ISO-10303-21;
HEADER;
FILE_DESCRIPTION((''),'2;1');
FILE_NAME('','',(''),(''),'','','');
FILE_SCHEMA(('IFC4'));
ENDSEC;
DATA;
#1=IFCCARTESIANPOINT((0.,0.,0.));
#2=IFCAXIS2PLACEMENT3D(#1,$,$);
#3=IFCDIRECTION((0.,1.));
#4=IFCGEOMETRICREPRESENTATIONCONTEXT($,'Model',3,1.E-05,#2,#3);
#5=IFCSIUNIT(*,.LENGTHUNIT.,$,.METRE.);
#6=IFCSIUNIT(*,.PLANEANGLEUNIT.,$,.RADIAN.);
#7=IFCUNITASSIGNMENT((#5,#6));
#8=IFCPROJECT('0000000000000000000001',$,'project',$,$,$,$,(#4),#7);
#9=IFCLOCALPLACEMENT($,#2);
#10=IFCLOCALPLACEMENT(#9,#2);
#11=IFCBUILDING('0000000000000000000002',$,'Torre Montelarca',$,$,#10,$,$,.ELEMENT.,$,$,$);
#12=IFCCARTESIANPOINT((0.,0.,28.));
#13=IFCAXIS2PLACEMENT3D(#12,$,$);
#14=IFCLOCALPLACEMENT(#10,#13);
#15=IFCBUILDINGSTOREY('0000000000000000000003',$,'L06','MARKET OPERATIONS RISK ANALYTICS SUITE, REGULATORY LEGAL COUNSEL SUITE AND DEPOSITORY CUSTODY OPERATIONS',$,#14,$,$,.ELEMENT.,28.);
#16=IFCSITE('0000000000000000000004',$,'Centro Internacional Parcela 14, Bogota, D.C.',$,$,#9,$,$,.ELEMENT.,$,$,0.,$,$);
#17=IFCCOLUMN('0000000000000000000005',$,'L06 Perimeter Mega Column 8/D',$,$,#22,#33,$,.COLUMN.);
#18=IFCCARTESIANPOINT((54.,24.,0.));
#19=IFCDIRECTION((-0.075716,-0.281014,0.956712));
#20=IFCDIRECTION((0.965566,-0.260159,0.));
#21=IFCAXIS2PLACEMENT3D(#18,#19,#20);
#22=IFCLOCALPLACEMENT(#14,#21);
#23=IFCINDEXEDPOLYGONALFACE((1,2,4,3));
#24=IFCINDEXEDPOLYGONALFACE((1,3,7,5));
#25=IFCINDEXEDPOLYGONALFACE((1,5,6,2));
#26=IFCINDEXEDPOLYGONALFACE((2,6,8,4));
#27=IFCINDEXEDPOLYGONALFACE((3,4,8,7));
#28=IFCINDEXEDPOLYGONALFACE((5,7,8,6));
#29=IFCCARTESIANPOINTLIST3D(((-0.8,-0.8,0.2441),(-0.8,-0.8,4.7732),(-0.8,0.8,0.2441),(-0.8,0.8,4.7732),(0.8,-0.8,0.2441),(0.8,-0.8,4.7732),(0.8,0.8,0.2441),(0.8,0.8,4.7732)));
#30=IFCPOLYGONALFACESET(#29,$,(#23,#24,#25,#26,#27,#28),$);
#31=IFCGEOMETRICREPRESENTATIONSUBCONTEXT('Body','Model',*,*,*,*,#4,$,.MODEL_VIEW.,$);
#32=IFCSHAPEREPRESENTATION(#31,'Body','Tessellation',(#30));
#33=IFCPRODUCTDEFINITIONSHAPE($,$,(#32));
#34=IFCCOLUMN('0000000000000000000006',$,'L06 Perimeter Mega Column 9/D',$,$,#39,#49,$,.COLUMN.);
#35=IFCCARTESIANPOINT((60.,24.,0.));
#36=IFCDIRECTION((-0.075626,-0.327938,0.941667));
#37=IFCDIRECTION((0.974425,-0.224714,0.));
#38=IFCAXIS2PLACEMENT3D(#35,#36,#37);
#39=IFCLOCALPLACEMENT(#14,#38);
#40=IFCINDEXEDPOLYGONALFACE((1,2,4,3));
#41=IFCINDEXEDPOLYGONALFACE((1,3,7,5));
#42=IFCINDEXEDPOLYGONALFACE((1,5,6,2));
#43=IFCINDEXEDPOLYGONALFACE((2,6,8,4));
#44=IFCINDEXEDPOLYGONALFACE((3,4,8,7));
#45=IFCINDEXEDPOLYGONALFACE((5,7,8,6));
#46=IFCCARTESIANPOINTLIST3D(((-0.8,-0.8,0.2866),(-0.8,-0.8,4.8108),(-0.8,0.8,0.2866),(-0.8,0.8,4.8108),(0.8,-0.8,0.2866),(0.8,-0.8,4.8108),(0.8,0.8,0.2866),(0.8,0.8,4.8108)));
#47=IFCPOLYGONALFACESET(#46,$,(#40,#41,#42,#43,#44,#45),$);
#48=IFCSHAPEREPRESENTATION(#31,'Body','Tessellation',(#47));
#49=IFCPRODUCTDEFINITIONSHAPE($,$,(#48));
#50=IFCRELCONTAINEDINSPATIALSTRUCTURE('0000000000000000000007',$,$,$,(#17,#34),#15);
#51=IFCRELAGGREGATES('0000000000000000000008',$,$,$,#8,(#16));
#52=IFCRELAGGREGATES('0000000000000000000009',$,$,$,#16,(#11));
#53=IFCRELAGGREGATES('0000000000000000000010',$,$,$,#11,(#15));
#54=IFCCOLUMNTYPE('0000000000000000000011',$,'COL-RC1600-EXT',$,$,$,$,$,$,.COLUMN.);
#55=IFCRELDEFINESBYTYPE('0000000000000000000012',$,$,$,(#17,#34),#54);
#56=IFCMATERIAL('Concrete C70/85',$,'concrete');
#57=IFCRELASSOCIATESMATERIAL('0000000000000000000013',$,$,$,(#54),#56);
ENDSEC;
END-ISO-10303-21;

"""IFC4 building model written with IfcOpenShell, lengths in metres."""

from ifc_helpers import new_model, si_unit, direction, frame, origin, origin_2d, place, context, subcontext, project, spatial, rectangle, extrude, clip, halfspace, material, material_profile, profile_set, type_object, element, save


model = new_model("IFC4")

# Units and contexts
model_context = context("Model", 3, precision=1e-05, world=origin(), true_north=direction((0.0, 1.0)))
body_context = subcontext(model_context, "Body", "Model", "MODEL_VIEW")
ifc_project = project(units=[si_unit("LENGTHUNIT", "METRE"), si_unit("PLANEANGLEUNIT", "RADIAN")], contexts=[model_context])

# Site, building, storey
site_placement = place(None, origin())
site = spatial("IfcSite", under=ifc_project, at=site_placement, Name="Centro Internacional Parcela 14, Bogota, D.C.", CompositionType="ELEMENT", RefElevation=0.0)
building_placement = place(site_placement, origin())
building = spatial("IfcBuilding", under=site, at=building_placement, Name="Torre Montelarca", CompositionType="ELEMENT")
storey_placement = place(building_placement, frame((0.0, 0.0, 28.0)))
storey = spatial("IfcBuildingStorey", under=building, at=storey_placement, Name="L06", Description="MARKET OPERATIONS RISK ANALYTICS SUITE, REGULATORY LEGAL COUNSEL SUITE AND DEPOSITORY CUSTODY OPERATIONS", CompositionType="ELEMENT", Elevation=28.0)

# Columns
ifc_material_1 = material(Name="Concrete C70/85", Category="concrete")
ifc_material_profile_1 = material_profile(ifc_material_1, rectangle(XDim=1.6001, YDim=1.6001, at=origin_2d()), Name="RC1600X1600", Category="concrete")
ifc_profile_set_1 = profile_set([ifc_material_profile_1], Name="Concrete C70/85")
column_type_1 = type_object("IfcColumnType", Name="COL-RC1600-EXT", PredefinedType="COLUMN", material=ifc_profile_set_1)
column_1_placement = place(storey_placement, frame((54.0, 24.0, 0.0), z_axis=(-0.075716, -0.281014, 0.956712), x_axis=(0.965566, -0.260159, 0.0)))
element("IfcColumn", 1, at=column_1_placement, inside=storey, type_object=column_type_1, Name="L06 Perimeter Mega Column 8/D", PredefinedType="COLUMN", context=body_context, shape_type="Clipping", body=[
    clip(clip(extrude(rectangle(XDim=1.6001, YDim=1.6001, at=origin_2d()), origin(), (0.0, 0.0, 1.0), 5.0173), halfspace(frame((0.0, 0.0, 0.2441), z_axis=(0.0, 0.0, -1.0), x_axis=(1.0, 0.0, 0.0)), False)), halfspace(frame((0.0, 0.0, 4.7732), z_axis=(0.0, 0.0, 1.0), x_axis=(1.0, 0.0, 0.0)), False)),
])
column_2_placement = place(storey_placement, frame((60.0, 24.0, 0.0), z_axis=(-0.075626, -0.327938, 0.941667), x_axis=(0.974425, -0.224714, 0.0)))
element("IfcColumn", 2, at=column_2_placement, inside=storey, type_object=column_type_1, Name="L06 Perimeter Mega Column 9/D", PredefinedType="COLUMN", context=body_context, shape_type="Clipping", body=[
    clip(clip(extrude(rectangle(XDim=1.6001, YDim=1.6001, at=origin_2d()), origin(), (0.0, 0.0, 1.0), 5.0974), halfspace(frame((0.0, 0.0, 0.2866), z_axis=(0.0, 0.0, -1.0), x_axis=(1.0, 0.0, 0.0)), False)), halfspace(frame((0.0, 0.0, 4.8108), z_axis=(0.0, 0.0, 1.0), x_axis=(1.0, 0.0, 0.0)), False)),
])

save(model, "model.ifc")
